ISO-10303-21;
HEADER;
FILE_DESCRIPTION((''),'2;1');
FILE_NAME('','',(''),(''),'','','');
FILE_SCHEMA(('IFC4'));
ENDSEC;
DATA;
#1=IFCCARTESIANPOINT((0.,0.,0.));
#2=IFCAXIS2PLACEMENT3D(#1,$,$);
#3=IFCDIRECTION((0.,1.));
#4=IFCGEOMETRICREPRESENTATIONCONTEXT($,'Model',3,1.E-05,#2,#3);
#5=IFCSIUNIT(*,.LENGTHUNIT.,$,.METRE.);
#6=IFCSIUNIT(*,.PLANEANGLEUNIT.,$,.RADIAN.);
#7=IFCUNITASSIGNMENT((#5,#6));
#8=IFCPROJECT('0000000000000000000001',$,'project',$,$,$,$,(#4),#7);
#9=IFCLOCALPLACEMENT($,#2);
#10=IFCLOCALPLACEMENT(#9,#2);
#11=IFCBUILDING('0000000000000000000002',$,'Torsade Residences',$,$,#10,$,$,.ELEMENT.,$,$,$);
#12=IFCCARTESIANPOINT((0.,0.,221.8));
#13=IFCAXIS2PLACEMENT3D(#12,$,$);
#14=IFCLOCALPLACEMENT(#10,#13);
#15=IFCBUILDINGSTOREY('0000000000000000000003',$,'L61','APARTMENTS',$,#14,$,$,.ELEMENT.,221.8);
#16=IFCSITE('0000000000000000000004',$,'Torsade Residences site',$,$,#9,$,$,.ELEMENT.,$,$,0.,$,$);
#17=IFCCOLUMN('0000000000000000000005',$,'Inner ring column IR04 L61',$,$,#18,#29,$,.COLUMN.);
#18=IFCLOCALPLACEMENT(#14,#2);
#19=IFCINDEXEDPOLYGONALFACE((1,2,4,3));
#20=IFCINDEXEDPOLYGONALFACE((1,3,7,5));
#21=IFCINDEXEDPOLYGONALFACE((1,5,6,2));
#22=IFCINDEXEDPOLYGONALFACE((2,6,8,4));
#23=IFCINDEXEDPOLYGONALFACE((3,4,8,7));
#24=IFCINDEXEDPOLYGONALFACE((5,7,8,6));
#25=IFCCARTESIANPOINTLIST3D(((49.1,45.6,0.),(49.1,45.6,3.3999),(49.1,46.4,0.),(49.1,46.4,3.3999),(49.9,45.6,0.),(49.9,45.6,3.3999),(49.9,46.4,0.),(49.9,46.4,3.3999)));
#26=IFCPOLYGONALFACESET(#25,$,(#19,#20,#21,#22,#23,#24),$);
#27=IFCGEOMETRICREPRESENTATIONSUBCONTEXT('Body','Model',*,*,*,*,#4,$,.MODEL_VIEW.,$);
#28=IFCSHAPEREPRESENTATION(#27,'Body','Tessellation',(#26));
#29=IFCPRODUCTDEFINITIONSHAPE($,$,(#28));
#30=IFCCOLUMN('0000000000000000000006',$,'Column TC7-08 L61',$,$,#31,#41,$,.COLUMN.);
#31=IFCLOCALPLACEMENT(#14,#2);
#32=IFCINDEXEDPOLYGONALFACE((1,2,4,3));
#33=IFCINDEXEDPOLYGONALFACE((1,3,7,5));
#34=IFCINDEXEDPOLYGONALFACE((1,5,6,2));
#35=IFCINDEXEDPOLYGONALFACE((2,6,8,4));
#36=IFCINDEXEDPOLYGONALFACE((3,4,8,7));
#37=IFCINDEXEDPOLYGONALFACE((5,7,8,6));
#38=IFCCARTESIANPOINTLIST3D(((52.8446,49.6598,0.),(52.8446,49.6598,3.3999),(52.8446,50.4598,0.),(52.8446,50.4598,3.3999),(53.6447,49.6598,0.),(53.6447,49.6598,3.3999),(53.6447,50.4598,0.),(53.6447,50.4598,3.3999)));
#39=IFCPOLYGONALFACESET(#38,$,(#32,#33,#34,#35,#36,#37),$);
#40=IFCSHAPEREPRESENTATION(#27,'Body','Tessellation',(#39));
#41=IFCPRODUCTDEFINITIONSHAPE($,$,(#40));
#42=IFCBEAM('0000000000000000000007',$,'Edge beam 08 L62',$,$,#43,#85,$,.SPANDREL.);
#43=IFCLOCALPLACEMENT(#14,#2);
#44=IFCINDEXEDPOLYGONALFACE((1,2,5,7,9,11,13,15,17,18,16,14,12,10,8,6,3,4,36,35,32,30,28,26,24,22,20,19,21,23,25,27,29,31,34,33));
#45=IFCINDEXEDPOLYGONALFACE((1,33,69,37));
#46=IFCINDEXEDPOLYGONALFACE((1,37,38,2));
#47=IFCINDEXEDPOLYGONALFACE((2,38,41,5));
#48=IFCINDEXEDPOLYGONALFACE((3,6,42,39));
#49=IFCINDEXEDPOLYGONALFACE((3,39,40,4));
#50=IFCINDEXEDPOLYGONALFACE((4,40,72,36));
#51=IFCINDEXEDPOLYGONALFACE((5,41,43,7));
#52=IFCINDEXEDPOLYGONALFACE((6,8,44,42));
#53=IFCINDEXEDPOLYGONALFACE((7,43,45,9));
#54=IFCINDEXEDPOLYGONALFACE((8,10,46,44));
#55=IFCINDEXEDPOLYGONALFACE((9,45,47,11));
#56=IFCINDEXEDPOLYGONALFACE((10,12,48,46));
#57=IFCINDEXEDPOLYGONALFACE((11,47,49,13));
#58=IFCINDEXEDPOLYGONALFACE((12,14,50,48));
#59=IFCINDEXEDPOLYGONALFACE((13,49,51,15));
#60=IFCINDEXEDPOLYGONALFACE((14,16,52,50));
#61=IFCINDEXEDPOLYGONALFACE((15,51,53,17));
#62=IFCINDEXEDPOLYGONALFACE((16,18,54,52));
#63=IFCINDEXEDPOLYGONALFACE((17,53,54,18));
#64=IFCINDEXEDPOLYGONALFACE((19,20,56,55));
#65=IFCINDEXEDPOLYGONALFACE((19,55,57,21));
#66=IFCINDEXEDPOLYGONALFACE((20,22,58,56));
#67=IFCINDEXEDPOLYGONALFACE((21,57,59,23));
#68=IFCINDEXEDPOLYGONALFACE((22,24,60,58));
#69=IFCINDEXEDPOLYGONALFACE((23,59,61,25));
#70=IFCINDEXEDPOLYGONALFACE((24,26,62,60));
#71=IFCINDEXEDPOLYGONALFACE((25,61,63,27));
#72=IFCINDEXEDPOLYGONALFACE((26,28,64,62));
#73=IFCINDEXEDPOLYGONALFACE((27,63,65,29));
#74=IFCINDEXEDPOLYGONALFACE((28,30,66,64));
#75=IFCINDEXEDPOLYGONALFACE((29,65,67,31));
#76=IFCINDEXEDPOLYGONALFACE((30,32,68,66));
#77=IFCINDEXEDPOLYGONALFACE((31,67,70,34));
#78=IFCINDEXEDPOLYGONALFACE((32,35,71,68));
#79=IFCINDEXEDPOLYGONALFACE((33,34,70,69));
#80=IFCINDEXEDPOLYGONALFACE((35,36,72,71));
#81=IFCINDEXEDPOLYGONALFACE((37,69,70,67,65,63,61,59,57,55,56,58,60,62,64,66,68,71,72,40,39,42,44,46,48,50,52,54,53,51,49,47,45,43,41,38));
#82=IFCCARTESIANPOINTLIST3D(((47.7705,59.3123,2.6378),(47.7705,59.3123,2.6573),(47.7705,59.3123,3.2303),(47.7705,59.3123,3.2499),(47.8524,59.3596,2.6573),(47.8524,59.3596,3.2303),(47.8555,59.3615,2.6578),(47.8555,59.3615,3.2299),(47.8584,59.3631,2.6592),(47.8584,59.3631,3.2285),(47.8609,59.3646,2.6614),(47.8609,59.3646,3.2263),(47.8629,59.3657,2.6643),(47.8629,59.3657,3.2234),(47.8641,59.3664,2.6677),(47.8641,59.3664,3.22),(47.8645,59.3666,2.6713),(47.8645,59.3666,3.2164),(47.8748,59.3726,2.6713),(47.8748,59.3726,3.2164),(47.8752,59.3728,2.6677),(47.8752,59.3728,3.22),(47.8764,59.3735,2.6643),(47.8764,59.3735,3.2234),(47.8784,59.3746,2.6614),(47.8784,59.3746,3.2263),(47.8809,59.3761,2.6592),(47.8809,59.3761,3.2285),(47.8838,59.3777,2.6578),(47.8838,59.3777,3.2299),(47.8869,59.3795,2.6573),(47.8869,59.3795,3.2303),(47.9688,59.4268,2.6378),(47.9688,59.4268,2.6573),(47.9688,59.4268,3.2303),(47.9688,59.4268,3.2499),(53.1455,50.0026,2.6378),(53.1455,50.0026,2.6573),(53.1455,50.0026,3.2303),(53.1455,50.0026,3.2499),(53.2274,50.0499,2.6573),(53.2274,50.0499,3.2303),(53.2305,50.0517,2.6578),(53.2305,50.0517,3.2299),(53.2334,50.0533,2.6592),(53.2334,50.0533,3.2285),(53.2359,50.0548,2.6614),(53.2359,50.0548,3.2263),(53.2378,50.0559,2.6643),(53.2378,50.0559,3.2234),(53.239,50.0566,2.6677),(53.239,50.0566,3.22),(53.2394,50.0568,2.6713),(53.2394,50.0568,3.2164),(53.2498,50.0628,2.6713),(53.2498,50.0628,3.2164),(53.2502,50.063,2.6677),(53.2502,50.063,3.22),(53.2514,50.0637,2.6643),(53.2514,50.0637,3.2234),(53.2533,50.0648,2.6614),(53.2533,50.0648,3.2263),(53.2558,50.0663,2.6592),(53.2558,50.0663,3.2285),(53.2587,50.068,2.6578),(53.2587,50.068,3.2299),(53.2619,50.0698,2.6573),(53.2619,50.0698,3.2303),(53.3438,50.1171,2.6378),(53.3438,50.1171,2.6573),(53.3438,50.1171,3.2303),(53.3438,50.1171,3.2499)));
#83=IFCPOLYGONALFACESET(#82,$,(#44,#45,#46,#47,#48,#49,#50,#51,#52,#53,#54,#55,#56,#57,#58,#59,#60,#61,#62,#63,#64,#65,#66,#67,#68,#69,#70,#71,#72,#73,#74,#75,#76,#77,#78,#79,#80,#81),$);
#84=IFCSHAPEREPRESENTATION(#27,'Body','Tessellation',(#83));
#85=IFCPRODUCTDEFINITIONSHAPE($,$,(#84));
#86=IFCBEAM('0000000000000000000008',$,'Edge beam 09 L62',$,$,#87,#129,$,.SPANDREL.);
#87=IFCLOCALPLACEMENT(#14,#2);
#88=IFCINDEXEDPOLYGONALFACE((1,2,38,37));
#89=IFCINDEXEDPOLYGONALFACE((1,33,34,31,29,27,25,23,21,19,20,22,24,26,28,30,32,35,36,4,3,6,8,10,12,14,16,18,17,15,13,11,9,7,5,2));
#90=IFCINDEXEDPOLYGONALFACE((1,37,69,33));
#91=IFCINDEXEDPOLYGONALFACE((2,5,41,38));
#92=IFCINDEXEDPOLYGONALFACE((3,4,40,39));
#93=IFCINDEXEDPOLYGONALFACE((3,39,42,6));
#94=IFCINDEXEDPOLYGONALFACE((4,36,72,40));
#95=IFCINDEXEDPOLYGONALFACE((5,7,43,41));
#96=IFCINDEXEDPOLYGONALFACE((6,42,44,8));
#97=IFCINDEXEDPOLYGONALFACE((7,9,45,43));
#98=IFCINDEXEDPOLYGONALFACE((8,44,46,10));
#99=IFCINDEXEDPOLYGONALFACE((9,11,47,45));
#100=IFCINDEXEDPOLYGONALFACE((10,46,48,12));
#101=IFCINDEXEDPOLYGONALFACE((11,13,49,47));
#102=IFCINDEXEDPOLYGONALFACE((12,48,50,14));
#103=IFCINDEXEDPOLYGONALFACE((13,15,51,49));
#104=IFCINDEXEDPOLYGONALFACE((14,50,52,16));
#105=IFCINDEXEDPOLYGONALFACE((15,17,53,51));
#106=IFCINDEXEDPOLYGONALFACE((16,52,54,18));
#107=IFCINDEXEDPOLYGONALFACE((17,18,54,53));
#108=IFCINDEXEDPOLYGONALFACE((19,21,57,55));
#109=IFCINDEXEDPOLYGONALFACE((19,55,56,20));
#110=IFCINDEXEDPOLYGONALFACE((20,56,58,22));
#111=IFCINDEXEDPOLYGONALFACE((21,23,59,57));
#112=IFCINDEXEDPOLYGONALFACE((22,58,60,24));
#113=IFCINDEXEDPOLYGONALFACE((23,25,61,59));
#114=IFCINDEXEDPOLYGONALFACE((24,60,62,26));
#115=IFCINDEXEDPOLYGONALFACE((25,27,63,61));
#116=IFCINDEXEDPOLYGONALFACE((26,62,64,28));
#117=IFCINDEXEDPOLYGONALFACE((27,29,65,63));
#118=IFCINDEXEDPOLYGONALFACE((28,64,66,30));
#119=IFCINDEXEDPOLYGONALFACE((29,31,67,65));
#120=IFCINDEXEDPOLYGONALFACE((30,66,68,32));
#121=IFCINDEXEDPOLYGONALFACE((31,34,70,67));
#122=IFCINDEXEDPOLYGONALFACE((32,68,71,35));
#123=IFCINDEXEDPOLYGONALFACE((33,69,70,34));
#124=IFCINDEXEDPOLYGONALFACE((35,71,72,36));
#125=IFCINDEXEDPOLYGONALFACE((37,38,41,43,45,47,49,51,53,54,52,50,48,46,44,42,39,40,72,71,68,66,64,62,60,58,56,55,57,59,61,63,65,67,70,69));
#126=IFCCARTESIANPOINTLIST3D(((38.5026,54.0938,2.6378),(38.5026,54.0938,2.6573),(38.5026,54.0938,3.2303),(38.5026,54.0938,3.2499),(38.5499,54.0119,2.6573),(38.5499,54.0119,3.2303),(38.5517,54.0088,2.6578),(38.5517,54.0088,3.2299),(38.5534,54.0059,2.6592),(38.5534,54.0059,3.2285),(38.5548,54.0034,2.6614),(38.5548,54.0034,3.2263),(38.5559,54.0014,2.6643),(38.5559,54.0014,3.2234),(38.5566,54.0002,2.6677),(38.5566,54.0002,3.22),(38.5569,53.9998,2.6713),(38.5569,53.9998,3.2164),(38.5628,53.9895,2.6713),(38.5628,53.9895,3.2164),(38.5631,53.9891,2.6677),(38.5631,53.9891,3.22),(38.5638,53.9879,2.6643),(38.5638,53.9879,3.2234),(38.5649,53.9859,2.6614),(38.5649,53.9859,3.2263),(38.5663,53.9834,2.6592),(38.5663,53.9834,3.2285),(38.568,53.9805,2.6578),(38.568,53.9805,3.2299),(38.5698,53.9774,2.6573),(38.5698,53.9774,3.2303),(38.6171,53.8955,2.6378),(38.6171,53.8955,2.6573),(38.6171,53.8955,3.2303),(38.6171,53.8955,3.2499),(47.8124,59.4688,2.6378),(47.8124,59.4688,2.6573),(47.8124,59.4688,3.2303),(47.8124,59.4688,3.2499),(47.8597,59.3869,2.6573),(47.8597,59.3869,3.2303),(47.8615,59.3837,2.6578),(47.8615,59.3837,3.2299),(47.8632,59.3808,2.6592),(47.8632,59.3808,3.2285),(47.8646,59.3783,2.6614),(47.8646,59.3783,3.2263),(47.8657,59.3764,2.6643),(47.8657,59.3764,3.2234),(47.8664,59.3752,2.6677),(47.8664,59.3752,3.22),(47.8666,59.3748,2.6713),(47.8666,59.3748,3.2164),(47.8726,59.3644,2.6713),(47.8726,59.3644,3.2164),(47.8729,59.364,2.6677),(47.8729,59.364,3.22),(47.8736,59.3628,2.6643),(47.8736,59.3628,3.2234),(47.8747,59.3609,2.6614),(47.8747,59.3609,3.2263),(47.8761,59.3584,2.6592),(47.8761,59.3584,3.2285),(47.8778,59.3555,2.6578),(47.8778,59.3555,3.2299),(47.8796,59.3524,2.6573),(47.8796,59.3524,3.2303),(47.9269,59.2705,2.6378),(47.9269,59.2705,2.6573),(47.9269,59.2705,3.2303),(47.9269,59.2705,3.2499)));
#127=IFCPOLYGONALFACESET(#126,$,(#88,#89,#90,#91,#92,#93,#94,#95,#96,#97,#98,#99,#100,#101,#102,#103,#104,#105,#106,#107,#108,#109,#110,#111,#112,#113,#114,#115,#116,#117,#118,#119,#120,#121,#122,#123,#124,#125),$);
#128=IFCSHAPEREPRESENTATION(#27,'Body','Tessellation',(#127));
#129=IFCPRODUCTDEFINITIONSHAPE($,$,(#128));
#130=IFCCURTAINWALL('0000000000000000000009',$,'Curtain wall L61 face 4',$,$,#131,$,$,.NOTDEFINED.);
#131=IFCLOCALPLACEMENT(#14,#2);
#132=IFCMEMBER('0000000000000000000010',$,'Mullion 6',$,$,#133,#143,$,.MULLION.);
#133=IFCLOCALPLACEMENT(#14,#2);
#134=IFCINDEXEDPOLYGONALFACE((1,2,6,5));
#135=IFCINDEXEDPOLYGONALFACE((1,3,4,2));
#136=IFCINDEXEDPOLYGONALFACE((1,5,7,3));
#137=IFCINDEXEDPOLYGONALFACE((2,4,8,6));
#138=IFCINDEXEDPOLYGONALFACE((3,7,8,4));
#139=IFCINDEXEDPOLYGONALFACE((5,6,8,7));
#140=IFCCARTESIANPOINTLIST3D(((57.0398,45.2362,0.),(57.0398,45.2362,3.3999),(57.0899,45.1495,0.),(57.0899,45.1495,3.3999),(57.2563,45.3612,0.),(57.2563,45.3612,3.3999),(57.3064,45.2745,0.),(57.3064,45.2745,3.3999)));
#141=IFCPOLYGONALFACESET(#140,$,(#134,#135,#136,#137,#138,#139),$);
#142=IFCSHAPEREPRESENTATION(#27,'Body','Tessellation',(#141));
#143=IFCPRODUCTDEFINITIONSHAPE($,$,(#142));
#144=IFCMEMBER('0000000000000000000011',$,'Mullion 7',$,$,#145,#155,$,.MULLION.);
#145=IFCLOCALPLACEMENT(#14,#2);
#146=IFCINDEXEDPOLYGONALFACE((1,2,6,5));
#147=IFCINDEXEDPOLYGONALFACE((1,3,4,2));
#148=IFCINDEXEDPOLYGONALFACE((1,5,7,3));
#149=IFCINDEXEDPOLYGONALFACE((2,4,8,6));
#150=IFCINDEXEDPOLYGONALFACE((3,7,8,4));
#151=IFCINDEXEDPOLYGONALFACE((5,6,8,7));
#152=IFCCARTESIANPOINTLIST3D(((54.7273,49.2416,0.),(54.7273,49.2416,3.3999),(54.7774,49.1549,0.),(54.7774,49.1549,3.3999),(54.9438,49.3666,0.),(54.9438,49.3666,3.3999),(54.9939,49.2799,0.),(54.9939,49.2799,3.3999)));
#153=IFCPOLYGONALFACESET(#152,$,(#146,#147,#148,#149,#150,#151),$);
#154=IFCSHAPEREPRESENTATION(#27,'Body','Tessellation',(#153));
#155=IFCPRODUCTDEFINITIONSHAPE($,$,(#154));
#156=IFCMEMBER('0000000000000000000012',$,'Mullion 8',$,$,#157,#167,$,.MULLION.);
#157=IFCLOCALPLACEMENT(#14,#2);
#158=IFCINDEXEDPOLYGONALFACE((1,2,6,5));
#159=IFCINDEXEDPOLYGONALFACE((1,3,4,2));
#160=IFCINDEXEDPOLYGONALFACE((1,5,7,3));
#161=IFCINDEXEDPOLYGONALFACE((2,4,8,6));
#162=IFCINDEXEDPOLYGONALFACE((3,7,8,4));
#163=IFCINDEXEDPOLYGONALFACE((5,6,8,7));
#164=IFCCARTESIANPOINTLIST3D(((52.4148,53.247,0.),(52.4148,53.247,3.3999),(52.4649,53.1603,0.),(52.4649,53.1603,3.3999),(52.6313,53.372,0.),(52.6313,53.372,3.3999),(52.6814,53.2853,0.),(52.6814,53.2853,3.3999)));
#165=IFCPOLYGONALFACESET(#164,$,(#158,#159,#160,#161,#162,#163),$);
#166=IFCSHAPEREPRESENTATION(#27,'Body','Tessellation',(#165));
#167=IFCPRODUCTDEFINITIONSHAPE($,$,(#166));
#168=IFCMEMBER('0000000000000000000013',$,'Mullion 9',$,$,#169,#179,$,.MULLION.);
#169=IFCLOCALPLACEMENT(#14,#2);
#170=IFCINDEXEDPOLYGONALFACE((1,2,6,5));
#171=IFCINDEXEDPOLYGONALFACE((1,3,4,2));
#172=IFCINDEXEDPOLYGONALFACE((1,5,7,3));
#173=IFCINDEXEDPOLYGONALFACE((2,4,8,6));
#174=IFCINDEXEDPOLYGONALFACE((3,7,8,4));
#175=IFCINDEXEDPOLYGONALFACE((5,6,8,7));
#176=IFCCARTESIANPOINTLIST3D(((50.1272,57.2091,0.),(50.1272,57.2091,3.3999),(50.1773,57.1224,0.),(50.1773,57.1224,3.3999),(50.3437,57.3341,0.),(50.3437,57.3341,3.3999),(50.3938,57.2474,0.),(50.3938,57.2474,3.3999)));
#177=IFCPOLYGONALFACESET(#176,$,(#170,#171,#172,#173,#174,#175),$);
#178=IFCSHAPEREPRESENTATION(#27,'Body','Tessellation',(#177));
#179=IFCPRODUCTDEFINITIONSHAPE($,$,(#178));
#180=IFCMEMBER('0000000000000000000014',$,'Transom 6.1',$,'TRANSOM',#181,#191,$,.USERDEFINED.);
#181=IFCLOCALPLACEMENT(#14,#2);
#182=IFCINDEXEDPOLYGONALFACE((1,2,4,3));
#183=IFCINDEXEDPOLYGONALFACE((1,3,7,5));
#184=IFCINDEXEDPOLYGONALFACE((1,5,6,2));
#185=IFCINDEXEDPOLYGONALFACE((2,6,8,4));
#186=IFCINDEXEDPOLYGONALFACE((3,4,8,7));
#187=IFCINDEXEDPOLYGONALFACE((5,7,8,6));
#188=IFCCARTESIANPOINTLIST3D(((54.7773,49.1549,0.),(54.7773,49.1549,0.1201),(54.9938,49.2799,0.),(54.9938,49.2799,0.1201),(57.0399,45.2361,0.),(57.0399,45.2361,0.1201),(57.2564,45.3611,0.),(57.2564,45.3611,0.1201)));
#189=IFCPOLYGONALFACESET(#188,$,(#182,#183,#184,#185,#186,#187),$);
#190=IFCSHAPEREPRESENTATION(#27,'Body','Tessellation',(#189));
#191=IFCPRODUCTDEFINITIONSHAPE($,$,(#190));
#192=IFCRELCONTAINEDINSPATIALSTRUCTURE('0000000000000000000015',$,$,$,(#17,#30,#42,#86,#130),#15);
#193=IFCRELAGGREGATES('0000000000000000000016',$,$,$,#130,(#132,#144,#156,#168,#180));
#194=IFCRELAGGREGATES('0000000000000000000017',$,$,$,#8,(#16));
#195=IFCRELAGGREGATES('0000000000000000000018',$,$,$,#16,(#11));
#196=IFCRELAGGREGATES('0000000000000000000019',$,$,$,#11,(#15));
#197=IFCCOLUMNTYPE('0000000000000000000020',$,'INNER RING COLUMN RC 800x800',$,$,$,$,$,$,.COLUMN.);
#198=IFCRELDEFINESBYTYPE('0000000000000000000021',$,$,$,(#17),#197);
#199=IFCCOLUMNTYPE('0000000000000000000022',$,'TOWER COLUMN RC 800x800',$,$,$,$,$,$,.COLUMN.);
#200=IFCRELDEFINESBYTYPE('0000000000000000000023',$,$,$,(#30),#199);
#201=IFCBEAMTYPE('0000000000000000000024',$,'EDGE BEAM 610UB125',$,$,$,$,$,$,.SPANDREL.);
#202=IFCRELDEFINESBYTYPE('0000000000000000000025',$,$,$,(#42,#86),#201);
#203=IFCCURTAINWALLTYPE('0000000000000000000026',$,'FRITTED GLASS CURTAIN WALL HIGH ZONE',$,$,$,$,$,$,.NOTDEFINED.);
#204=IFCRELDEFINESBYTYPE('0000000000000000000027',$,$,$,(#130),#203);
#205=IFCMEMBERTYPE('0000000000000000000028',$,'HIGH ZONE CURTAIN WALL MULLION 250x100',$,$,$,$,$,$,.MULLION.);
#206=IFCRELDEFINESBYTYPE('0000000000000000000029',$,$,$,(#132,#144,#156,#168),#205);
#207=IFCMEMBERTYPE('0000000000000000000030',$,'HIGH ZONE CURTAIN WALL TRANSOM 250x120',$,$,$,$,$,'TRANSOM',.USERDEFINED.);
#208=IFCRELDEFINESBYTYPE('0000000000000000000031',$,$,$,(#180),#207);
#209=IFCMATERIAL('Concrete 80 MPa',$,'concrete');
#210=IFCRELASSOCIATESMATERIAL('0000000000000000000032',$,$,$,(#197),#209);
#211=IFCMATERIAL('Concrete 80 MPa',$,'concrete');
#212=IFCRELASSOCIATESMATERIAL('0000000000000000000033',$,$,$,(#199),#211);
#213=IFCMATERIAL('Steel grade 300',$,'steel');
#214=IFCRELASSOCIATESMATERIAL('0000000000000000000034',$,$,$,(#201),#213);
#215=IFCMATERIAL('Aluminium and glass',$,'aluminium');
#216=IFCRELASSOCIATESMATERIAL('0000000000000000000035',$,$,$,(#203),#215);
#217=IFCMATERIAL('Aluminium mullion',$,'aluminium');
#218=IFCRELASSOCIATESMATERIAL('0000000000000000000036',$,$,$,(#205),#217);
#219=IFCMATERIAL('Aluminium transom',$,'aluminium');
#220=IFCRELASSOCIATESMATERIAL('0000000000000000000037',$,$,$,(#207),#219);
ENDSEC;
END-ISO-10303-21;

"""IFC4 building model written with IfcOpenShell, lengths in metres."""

from ifc_helpers import new_model, si_unit, direction, frame, origin, origin_2d, place, context, subcontext, project, spatial, rectangle, i_section, extrude, material, material_profile, profile_set, type_object, element, aggregate, save


model = new_model("IFC4")

# Units and contexts
model_context = context("Model", 3, precision=1e-05, world=origin(), true_north=direction((0.0, 1.0)))
body_context = subcontext(model_context, "Body", "Model", "MODEL_VIEW")
ifc_project = project(units=[si_unit("LENGTHUNIT", "METRE"), si_unit("PLANEANGLEUNIT", "RADIAN")], contexts=[model_context])

# Site, building, storey
site_placement = place(None, origin())
site = spatial("IfcSite", under=ifc_project, at=site_placement, Name="Torsade Residences site", CompositionType="ELEMENT", RefElevation=0.0)
building_placement = place(site_placement, origin())
building = spatial("IfcBuilding", under=site, at=building_placement, Name="Torsade Residences", CompositionType="ELEMENT")
storey_placement = place(building_placement, frame((0.0, 0.0, 221.8)))
storey = spatial("IfcBuildingStorey", under=building, at=storey_placement, Name="L61", Description="APARTMENTS", CompositionType="ELEMENT", Elevation=221.8)

# Columns
ifc_material_1 = material(Name="Concrete 80 MPa", Category="concrete")
ifc_material_profile_1 = material_profile(ifc_material_1, rectangle(XDim=0.8, YDim=0.8, at=origin_2d()), Name="RC 800x800")
ifc_profile_set_1 = profile_set([ifc_material_profile_1], Name="Concrete 80 MPa")
column_type_1 = type_object("IfcColumnType", Name="INNER RING COLUMN RC 800x800", PredefinedType="COLUMN", material=ifc_profile_set_1)
column_1_placement = place(storey_placement, frame((49.5, 46.0, 0.0), z_axis=(0.0, 0.0, 1.0), x_axis=(1.0, 0.0, 0.0)))
element("IfcColumn", 1, at=column_1_placement, inside=storey, type_object=column_type_1, Name="Inner ring column IR04 L61", PredefinedType="COLUMN", context=body_context, shape_type="SweptSolid", body=[
    extrude(rectangle(XDim=0.8, YDim=0.8, at=origin_2d()), origin(), (0.0, 0.0, 1.0), 3.3999),
])
ifc_material_2 = material(Name="Concrete 80 MPa", Category="concrete")
ifc_material_profile_2 = material_profile(ifc_material_2, rectangle(XDim=0.8, YDim=0.8, at=origin_2d()), Name="RC 800x800")
ifc_profile_set_2 = profile_set([ifc_material_profile_2], Name="Concrete 80 MPa")
column_type_2 = type_object("IfcColumnType", Name="TOWER COLUMN RC 800x800", PredefinedType="COLUMN", material=ifc_profile_set_2)
column_2_placement = place(storey_placement, frame((53.2446, 50.0598, 0.0), z_axis=(0.0, 0.0, 1.0), x_axis=(1.0, 0.0, 0.0)))
element("IfcColumn", 2, at=column_2_placement, inside=storey, type_object=column_type_2, Name="Column TC7-08 L61", PredefinedType="COLUMN", context=body_context, shape_type="SweptSolid", body=[
    extrude(rectangle(XDim=0.8, YDim=0.8, at=origin_2d()), origin(), (0.0, 0.0, 1.0), 3.3999),
])

# Beams
ifc_material_3 = material(Name="Steel grade 300", Category="steel")
ifc_material_profile_3 = material_profile(ifc_material_3, i_section(OverallWidth=0.229, OverallDepth=0.6121, WebThickness=0.012, FlangeThickness=0.0195, FilletRadius=0.0139, at=origin_2d()), Name="610UB125")
ifc_profile_set_3 = profile_set([ifc_material_profile_3], Name="Steel grade 300")
beam_type_1 = type_object("IfcBeamType", Name="EDGE BEAM 610UB125", PredefinedType="SPANDREL", material=ifc_profile_set_3)
for number, where, z_axis, x_axis, name in (
    (3, (53.2446, 50.0598, 2.9438), (-0.499998, 0.866026, 0.0), (-0.866026, -0.499998, 0.0), "Edge beam 08 L62"),
    (4, (47.8696, 59.3696, 2.9438), (-0.866026, -0.499998, 0.0), (0.499998, -0.866026, 0.0), "Edge beam 09 L62"),
):
    element("IfcBeam", number, at=place(storey_placement, frame(where, z_axis=z_axis, x_axis=x_axis)), inside=storey, type_object=beam_type_1, Name=name, PredefinedType="SPANDREL", context=body_context, shape_type="SweptSolid", body=[
        extrude(i_section(OverallWidth=0.229, OverallDepth=0.6121, WebThickness=0.012, FlangeThickness=0.0195, FilletRadius=0.0139, at=origin_2d()), origin(), (0.0, 0.0, 1.0), 10.75),
    ])

# Curtain wall, members
ifc_material_4 = material(Name="Aluminium and glass", Category="aluminium")
curtain_wall_type = type_object("IfcCurtainWallType", Name="FRITTED GLASS CURTAIN WALL HIGH ZONE", PredefinedType="NOTDEFINED", material=ifc_material_4)
curtain_wall_placement = place(storey_placement, origin())
curtain_wall = element("IfcCurtainWall", 5, at=curtain_wall_placement, inside=storey, type_object=curtain_wall_type, Name="Curtain wall L61 face 4", PredefinedType="NOTDEFINED")
ifc_material_5 = material(Name="Aluminium mullion", Category="aluminium")
ifc_material_profile_4 = material_profile(ifc_material_5, rectangle(XDim=0.25, YDim=0.1001, at=origin_2d()), Name="HIGH ZONE CURTAIN WALL MULLION 250x100")
ifc_profile_set_4 = profile_set([ifc_material_profile_4], Name="Aluminium mullion")
member_type_1 = type_object("IfcMemberType", Name="HIGH ZONE CURTAIN WALL MULLION 250x100", PredefinedType="MULLION", material=ifc_profile_set_4)
member_1_placement = place(storey_placement, frame((57.1731, 45.2554, 0.0), z_axis=(0.0, 0.0, 1.0), x_axis=(-0.866025, -0.5, 0.0)))
member_1 = element("IfcMember", 6, at=member_1_placement, type_object=member_type_1, Name="Mullion 6", PredefinedType="MULLION", context=body_context, shape_type="SweptSolid", body=[
    extrude(rectangle(XDim=0.25, YDim=0.1001, at=origin_2d()), origin(), (0.0, 0.0, 1.0), 3.3999),
])
member_2_placement = place(storey_placement, frame((54.8606, 49.2607, 0.0), z_axis=(0.0, 0.0, 1.0), x_axis=(-0.866025, -0.5, 0.0)))
member_2 = element("IfcMember", 7, at=member_2_placement, type_object=member_type_1, Name="Mullion 7", PredefinedType="MULLION", context=body_context, shape_type="SweptSolid", body=[
    extrude(rectangle(XDim=0.25, YDim=0.1001, at=origin_2d()), origin(), (0.0, 0.0, 1.0), 3.3999),
])
member_3_placement = place(storey_placement, frame((52.5481, 53.2661, 0.0), z_axis=(0.0, 0.0, 1.0), x_axis=(-0.866025, -0.5, 0.0)))
member_3 = element("IfcMember", 8, at=member_3_placement, type_object=member_type_1, Name="Mullion 8", PredefinedType="MULLION", context=body_context, shape_type="SweptSolid", body=[
    extrude(rectangle(XDim=0.25, YDim=0.1001, at=origin_2d()), origin(), (0.0, 0.0, 1.0), 3.3999),
])
member_4_placement = place(storey_placement, frame((50.2605, 57.2283, 0.0), z_axis=(0.0, 0.0, 1.0), x_axis=(-0.866025, -0.5, 0.0)))
member_4 = element("IfcMember", 9, at=member_4_placement, type_object=member_type_1, Name="Mullion 9", PredefinedType="MULLION", context=body_context, shape_type="SweptSolid", body=[
    extrude(rectangle(XDim=0.25, YDim=0.1001, at=origin_2d()), origin(), (0.0, 0.0, 1.0), 3.3999),
])
ifc_material_6 = material(Name="Aluminium transom", Category="aluminium")
ifc_material_profile_5 = material_profile(ifc_material_6, rectangle(XDim=0.25, YDim=0.1201, at=origin_2d()), Name="HIGH ZONE CURTAIN WALL TRANSOM 250x120")
ifc_profile_set_5 = profile_set([ifc_material_profile_5], Name="Aluminium transom")
member_type_2 = type_object("IfcMemberType", Name="HIGH ZONE CURTAIN WALL TRANSOM 250x120", ElementType="TRANSOM", PredefinedType="USERDEFINED", material=ifc_profile_set_5)
member_5_placement = place(storey_placement, frame((57.1482, 45.2986, 0.0601), z_axis=(-0.500015, 0.866017, 0.0), x_axis=(-0.866017, -0.500015, 0.0)))
member_5 = element("IfcMember", 10, at=member_5_placement, type_object=member_type_2, Name="Transom 6.1", ObjectType="TRANSOM", PredefinedType="USERDEFINED", context=body_context, shape_type="SweptSolid", body=[
    extrude(rectangle(XDim=0.25, YDim=0.1201, at=origin_2d()), origin(), (0.0, 0.0, 1.0), 4.5251),
])

aggregate(curtain_wall, [member_1, member_2, member_3, member_4, member_5])

save(model, "model.ifc")
